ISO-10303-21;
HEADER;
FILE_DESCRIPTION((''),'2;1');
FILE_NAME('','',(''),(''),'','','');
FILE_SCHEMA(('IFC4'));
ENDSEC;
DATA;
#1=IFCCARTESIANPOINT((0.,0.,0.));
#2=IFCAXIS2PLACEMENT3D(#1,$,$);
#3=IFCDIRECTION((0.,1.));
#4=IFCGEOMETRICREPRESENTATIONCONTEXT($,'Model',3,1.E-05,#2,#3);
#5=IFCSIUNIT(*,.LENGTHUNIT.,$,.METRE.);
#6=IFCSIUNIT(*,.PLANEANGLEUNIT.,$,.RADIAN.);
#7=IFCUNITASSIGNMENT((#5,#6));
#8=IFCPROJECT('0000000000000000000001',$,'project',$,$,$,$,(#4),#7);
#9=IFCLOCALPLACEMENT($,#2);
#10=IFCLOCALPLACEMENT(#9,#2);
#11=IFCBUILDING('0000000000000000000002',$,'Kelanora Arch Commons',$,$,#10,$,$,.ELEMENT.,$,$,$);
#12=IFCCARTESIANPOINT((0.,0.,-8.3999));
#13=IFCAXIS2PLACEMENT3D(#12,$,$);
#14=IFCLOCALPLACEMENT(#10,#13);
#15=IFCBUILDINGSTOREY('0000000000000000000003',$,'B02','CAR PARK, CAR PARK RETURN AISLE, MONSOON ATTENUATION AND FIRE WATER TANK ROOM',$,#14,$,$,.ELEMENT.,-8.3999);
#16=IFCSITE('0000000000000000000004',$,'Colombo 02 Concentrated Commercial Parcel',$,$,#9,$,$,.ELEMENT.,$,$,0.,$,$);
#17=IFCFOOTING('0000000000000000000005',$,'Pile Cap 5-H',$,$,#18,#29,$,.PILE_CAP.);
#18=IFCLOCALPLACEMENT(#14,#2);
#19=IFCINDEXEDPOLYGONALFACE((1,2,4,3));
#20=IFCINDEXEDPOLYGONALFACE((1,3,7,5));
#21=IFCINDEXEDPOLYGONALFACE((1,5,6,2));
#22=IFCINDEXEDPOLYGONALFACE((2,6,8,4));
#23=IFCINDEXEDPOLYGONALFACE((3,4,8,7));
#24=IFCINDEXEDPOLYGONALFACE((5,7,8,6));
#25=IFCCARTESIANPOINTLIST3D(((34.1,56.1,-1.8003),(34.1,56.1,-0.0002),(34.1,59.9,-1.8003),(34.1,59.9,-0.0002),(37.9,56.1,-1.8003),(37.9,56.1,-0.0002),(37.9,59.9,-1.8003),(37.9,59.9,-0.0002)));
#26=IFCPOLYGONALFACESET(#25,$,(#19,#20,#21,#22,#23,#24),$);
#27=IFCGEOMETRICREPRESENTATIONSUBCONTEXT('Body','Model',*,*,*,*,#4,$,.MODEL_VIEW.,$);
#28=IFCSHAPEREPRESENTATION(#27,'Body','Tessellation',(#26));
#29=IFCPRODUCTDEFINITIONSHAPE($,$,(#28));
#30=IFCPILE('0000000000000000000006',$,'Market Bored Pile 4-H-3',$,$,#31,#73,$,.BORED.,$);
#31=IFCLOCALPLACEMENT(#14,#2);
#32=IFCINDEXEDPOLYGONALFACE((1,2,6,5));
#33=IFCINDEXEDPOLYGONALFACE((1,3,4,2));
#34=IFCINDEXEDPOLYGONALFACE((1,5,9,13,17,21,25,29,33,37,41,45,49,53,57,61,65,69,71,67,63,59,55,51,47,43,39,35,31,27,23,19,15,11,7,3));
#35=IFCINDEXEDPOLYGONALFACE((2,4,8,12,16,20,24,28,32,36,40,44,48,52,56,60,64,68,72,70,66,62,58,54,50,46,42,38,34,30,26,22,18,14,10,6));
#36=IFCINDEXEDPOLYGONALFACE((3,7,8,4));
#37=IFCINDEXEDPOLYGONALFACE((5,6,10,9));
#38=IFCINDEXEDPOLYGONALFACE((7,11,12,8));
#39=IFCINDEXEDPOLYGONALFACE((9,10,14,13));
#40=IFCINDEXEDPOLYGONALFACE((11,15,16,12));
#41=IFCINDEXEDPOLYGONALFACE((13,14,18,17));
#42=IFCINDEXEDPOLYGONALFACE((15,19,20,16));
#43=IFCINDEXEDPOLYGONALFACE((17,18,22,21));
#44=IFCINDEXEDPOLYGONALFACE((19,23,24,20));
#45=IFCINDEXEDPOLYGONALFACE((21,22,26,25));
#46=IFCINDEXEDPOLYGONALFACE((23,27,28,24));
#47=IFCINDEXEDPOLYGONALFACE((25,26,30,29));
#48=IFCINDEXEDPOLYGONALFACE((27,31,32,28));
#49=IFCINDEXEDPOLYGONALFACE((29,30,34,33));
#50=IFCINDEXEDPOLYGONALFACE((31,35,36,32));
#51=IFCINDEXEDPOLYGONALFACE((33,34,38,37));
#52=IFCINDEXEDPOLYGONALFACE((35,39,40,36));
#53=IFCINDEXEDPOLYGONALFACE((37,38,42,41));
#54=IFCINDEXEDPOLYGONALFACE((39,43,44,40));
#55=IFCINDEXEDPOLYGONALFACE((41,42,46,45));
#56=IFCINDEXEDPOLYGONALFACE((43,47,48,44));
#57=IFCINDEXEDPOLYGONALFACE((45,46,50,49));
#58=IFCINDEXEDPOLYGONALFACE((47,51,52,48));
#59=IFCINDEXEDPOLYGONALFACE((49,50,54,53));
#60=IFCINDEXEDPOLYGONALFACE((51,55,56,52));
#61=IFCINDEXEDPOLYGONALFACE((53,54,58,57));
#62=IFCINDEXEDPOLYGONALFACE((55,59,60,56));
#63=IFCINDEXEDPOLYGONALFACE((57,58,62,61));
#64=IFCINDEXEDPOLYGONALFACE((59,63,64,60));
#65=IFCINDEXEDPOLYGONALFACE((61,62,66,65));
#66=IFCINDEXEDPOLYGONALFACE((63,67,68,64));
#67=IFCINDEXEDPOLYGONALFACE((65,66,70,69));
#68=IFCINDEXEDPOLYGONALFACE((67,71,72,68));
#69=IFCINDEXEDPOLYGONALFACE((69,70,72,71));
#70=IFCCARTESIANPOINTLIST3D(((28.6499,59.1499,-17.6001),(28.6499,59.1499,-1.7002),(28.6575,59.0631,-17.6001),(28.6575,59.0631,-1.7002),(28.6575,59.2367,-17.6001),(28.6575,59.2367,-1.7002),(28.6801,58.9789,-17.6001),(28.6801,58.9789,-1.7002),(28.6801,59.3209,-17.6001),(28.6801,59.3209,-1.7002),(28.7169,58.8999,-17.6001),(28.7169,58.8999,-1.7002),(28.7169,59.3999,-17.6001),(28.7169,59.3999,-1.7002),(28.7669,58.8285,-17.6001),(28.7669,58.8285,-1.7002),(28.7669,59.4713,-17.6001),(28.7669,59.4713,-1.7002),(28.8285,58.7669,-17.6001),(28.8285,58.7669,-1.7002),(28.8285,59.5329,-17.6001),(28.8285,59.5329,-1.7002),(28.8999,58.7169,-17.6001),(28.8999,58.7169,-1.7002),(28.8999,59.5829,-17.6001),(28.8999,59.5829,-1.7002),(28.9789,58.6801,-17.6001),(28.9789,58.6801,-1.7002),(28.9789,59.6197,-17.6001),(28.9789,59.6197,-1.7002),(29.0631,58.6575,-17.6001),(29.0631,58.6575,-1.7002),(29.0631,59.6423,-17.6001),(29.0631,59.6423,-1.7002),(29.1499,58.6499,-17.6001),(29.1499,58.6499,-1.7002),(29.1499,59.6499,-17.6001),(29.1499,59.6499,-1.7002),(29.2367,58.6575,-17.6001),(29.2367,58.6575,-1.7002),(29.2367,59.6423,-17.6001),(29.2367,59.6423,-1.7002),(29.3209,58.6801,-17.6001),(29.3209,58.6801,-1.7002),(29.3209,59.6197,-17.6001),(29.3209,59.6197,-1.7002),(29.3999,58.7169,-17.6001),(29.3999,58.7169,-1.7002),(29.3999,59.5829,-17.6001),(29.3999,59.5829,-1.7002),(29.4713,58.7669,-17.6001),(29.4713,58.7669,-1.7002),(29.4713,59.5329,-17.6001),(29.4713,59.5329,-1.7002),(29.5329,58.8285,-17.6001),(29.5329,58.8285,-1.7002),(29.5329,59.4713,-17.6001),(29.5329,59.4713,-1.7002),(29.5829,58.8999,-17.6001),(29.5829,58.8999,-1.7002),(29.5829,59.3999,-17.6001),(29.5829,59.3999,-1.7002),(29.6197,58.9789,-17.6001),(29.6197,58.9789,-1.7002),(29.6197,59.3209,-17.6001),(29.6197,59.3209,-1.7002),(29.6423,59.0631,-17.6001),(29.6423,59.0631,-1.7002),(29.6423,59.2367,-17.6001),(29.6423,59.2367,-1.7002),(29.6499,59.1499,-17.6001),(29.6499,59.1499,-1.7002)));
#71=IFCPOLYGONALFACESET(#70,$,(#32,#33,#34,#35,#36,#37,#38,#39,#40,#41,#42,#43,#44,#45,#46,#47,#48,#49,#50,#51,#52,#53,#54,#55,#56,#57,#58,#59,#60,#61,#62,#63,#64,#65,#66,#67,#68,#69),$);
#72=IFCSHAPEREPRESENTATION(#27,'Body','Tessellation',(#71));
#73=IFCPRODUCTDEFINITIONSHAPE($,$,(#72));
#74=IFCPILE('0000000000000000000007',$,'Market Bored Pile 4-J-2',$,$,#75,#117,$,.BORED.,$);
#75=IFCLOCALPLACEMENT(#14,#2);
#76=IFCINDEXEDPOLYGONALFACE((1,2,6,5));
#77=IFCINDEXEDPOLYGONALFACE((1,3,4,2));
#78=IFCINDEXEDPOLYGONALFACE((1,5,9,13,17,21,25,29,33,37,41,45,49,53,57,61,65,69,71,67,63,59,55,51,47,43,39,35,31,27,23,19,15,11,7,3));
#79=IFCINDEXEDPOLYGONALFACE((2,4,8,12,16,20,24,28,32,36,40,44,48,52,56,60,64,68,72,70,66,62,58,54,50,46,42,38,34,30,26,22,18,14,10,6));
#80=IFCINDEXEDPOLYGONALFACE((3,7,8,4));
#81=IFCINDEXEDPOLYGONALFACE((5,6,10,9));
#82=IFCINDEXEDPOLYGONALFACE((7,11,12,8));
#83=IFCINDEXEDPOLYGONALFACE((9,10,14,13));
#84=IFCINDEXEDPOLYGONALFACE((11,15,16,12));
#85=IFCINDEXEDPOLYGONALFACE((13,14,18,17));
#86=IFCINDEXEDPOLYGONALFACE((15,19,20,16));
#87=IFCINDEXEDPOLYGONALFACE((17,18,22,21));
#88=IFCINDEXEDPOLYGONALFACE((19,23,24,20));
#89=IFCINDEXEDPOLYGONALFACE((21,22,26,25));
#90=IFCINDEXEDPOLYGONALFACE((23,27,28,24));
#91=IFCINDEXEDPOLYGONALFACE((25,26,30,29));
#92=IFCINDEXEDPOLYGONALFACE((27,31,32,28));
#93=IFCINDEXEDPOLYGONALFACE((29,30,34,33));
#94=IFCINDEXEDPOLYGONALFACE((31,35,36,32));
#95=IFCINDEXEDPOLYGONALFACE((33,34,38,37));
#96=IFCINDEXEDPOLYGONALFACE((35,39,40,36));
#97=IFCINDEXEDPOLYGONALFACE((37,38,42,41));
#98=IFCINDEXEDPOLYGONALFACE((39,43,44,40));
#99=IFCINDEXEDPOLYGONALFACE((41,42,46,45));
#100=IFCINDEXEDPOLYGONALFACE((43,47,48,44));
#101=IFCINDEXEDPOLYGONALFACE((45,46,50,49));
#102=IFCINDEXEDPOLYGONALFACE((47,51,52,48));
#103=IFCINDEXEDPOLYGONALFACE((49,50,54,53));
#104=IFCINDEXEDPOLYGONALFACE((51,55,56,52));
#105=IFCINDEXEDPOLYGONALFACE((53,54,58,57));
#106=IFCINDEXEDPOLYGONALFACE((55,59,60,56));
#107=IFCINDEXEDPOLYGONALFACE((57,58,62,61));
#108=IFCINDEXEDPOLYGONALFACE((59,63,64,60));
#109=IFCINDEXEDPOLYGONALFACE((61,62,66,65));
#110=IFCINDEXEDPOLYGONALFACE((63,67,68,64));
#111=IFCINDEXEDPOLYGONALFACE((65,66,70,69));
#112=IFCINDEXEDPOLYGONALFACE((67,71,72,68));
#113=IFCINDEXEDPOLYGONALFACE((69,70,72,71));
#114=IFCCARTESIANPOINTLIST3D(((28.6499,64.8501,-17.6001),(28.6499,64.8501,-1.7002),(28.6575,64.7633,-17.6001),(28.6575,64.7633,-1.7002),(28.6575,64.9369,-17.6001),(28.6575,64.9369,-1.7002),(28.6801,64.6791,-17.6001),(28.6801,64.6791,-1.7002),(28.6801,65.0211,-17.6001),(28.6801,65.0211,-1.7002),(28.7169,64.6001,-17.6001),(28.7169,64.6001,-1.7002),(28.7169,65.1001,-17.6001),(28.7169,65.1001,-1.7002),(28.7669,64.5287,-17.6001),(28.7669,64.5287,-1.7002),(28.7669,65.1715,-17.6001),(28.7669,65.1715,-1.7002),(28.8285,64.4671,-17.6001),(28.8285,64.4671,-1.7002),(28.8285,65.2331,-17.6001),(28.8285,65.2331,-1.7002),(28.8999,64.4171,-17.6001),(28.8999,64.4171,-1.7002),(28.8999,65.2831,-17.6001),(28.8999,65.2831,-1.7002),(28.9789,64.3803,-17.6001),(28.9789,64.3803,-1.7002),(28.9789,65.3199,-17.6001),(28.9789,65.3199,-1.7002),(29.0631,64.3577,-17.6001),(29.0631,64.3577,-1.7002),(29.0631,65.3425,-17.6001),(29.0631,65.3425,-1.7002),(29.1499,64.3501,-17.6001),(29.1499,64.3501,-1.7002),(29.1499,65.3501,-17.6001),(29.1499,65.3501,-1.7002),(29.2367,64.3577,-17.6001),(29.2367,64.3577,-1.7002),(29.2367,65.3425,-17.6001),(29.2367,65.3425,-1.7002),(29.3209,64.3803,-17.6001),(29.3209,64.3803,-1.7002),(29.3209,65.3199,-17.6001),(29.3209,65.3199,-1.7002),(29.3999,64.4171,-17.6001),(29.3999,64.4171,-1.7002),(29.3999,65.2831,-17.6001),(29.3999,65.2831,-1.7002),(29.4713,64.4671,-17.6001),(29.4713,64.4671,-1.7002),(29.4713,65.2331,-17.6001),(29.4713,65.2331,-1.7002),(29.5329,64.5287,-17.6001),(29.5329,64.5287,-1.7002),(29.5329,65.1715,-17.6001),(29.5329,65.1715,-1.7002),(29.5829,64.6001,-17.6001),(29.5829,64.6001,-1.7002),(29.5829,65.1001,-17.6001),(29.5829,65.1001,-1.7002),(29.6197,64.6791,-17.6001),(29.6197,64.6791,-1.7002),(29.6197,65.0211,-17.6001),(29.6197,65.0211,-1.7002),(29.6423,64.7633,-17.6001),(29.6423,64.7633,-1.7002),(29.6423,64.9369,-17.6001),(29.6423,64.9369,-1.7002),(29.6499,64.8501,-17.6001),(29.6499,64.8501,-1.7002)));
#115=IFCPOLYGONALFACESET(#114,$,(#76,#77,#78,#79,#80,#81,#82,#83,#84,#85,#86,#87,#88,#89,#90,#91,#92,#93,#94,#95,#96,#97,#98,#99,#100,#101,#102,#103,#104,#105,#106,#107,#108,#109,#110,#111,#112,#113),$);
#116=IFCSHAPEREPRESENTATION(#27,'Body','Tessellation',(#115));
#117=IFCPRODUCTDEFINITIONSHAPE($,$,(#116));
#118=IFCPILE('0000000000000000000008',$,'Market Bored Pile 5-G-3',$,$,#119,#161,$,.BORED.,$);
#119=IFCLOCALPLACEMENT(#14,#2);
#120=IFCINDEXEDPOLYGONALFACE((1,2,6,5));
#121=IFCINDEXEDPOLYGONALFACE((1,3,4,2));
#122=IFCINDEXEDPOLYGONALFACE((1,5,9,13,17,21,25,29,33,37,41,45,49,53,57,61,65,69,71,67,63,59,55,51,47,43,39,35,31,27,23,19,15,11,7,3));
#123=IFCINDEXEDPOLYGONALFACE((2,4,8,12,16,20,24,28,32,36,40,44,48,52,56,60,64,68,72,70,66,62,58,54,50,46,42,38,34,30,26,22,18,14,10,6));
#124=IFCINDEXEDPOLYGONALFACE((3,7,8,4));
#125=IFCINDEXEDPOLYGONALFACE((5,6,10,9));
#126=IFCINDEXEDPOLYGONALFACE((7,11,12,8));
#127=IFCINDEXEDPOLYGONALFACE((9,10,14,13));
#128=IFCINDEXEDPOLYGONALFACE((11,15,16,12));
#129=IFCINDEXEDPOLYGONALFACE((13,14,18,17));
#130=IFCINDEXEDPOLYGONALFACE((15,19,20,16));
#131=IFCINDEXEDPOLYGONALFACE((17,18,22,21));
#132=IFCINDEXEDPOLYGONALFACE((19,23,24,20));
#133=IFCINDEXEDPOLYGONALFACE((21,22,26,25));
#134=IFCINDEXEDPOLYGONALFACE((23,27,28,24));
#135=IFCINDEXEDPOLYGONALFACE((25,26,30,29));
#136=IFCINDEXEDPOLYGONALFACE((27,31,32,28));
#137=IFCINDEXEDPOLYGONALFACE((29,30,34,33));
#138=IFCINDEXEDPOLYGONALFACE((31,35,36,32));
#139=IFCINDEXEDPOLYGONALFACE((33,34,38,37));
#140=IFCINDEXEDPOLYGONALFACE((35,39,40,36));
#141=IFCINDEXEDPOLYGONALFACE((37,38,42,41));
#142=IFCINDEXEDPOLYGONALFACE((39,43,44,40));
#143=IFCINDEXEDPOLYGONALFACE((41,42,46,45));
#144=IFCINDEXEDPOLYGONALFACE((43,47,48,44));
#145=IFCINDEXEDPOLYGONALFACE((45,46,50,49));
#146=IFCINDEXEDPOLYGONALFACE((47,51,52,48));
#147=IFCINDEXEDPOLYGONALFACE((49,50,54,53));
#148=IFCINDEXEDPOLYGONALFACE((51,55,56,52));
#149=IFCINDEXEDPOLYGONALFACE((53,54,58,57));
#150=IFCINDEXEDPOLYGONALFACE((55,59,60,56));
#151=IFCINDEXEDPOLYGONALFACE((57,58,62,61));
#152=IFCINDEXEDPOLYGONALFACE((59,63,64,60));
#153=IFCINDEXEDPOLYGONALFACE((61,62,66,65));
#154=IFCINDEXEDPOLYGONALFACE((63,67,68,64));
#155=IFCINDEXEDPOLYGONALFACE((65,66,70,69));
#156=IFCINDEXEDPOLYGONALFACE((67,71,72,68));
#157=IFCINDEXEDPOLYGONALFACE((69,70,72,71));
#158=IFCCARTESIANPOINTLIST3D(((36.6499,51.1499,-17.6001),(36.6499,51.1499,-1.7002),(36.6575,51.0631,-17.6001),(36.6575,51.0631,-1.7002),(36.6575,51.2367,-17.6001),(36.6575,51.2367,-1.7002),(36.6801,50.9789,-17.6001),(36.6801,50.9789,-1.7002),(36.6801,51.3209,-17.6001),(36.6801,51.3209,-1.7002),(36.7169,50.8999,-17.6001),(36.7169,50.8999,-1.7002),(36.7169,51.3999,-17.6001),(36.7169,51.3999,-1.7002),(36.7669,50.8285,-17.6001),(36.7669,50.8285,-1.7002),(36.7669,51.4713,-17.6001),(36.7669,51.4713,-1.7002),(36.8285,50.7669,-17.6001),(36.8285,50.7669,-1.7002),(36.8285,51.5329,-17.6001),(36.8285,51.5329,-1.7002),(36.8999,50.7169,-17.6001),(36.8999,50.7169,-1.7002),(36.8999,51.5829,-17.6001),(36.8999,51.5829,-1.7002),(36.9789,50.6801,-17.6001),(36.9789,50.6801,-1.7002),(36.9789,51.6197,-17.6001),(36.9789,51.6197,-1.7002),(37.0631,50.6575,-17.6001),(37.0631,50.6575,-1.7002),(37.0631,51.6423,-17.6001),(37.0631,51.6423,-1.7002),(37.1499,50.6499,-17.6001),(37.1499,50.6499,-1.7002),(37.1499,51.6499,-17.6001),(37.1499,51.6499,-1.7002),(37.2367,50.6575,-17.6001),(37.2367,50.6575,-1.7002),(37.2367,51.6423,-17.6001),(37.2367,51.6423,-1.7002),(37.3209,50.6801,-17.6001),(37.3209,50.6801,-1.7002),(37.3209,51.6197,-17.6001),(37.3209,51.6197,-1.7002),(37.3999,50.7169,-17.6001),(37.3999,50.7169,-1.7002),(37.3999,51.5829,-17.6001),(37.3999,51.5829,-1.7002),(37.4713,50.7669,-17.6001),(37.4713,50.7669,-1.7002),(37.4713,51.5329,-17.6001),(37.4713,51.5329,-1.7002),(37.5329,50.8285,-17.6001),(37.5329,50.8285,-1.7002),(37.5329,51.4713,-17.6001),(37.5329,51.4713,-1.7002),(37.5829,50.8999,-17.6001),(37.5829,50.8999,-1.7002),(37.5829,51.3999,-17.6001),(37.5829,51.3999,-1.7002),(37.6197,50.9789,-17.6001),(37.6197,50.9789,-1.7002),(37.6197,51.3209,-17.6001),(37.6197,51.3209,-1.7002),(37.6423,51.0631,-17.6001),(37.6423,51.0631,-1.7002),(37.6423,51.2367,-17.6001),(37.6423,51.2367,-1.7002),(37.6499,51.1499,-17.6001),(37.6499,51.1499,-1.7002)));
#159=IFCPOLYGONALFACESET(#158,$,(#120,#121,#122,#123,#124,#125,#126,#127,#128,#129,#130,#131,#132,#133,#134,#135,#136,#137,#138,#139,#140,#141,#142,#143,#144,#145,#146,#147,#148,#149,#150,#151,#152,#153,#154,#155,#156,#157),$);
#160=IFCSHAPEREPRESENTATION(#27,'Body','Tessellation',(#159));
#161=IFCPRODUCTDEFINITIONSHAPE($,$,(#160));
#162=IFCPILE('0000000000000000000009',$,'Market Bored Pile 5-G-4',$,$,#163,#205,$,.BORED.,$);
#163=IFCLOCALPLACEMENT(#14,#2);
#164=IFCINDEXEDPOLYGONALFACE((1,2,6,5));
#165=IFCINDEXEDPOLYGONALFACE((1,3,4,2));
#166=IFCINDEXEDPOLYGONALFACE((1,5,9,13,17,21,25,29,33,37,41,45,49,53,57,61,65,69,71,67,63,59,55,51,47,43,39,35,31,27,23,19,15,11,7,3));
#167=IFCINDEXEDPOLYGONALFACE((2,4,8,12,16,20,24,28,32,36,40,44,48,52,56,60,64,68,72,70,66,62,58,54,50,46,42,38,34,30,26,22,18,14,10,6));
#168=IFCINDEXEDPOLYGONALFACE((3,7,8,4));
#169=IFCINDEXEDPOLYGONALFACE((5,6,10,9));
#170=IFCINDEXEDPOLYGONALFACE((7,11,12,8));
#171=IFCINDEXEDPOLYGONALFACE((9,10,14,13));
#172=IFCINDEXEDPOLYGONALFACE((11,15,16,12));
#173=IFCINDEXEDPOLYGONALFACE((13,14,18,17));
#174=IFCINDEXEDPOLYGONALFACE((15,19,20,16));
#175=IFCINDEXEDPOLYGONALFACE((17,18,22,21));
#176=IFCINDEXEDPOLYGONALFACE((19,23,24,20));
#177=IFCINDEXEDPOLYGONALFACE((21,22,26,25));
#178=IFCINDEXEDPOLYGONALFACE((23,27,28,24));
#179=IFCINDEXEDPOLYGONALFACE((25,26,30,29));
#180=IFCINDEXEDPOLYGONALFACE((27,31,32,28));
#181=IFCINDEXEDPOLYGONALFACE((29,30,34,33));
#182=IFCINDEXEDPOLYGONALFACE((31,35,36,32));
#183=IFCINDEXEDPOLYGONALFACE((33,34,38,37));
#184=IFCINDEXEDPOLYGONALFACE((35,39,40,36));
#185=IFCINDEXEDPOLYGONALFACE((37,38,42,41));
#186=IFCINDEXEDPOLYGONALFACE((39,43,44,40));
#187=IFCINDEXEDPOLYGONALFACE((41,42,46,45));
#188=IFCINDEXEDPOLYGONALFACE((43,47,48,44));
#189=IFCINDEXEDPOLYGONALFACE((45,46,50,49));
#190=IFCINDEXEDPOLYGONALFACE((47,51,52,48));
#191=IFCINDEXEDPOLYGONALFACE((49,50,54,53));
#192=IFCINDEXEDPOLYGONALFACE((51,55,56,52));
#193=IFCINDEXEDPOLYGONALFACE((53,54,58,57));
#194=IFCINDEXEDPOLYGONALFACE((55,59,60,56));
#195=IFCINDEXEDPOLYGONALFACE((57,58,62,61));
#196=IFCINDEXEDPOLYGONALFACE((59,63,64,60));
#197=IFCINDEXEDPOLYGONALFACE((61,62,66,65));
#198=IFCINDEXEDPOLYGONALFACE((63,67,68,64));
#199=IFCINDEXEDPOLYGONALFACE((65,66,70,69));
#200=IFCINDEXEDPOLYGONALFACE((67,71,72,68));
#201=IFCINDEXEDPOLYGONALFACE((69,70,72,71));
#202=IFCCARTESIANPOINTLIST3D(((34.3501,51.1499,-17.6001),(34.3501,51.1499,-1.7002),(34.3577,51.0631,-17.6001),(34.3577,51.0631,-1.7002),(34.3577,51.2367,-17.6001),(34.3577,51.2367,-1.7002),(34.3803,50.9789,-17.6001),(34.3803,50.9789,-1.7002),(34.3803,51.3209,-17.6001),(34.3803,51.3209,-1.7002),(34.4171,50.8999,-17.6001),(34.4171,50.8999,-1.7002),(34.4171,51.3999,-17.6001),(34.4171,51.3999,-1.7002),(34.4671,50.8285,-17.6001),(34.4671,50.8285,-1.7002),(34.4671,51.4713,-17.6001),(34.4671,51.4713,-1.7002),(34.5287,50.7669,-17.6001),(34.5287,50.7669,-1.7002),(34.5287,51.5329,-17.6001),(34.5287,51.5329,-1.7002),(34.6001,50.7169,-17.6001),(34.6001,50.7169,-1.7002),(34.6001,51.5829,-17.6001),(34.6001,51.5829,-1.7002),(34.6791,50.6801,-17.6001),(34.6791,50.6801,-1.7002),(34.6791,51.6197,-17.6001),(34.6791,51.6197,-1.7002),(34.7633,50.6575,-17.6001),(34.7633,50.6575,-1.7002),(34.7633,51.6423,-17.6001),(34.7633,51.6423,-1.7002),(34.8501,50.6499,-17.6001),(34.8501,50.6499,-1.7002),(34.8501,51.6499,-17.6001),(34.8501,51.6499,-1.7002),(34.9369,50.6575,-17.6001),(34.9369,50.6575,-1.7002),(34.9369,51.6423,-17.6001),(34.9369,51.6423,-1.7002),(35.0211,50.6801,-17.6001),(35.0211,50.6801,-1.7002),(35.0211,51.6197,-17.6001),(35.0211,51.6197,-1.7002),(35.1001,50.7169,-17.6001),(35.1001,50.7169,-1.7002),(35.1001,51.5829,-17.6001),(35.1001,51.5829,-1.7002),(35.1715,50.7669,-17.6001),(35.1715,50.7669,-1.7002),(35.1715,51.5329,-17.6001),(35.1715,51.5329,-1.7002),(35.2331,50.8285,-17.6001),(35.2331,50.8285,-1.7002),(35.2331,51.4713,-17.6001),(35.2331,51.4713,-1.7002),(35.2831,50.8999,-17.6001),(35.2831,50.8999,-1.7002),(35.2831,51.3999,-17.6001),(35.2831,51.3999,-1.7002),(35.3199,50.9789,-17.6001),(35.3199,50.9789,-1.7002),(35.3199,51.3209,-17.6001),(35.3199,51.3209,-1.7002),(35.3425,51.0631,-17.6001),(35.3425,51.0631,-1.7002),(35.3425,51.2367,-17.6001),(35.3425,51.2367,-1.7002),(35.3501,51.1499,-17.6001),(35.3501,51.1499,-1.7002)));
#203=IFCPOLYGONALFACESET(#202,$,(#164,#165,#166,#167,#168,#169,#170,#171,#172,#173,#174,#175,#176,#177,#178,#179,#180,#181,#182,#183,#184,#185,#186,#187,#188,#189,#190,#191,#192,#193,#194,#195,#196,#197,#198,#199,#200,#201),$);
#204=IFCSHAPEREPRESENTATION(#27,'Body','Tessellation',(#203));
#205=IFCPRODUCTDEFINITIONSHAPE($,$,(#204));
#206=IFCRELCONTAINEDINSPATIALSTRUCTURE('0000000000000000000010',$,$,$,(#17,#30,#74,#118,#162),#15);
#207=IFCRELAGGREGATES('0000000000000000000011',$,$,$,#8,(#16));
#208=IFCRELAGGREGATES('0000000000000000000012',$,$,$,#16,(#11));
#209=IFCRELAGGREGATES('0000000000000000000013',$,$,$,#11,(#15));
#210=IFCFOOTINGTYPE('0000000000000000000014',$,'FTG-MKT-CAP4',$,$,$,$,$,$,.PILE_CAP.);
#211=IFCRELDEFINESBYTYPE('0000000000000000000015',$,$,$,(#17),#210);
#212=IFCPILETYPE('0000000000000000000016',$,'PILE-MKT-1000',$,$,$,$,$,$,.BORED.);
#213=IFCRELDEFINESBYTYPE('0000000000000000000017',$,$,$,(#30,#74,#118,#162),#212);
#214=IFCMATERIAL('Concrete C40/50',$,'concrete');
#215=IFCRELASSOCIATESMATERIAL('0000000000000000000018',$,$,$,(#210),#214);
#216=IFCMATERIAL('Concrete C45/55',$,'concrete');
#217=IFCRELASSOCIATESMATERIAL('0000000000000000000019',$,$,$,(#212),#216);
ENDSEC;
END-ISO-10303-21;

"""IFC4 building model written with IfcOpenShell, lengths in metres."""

from ifc_helpers import new_model, si_unit, direction, frame, origin, origin_2d, place, context, subcontext, project, spatial, rectangle, circle, extrude, source, transform, mapped, material, material_profile, profile_set, type_object, element, save


model = new_model("IFC4")

# Units and contexts
model_context = context("Model", 3, precision=1e-05, world=origin(), true_north=direction((0.0, 1.0)))
body_context = subcontext(model_context, "Body", "Model", "MODEL_VIEW")
ifc_project = project(units=[si_unit("LENGTHUNIT", "METRE"), si_unit("PLANEANGLEUNIT", "RADIAN")], contexts=[model_context])

# Site, building, storey
site_placement = place(None, origin())
site = spatial("IfcSite", under=ifc_project, at=site_placement, Name="Colombo 02 Concentrated Commercial Parcel", CompositionType="ELEMENT", RefElevation=0.0)
building_placement = place(site_placement, origin())
building = spatial("IfcBuilding", under=site, at=building_placement, Name="Kelanora Arch Commons", CompositionType="ELEMENT")
storey_placement = place(building_placement, frame((0.0, 0.0, -8.3999)))
storey = spatial("IfcBuildingStorey", under=building, at=storey_placement, Name="B02", Description="CAR PARK, CAR PARK RETURN AISLE, MONSOON ATTENUATION AND FIRE WATER TANK ROOM", CompositionType="ELEMENT", Elevation=-8.3999)

# Footing
ifc_material_1 = material(Name="Concrete C40/50", Category="concrete")
footing_type_1 = type_object("IfcFootingType", Name="FTG-MKT-CAP4", PredefinedType="PILE_CAP", material=ifc_material_1)
shared_shape_1 = source(origin(), body_context, "Body", "SweptSolid", [
    extrude(rectangle(XDim=3.8, YDim=3.8, at=origin_2d()), origin(), (0.0, 0.0, 1.0), 1.8),
])
footing_placement = place(storey_placement, frame((36.0, 58.0, -1.8003), z_axis=(0.0, 0.0, 1.0), x_axis=(1.0, 0.0, 0.0)))
element("IfcFooting", 1, at=footing_placement, inside=storey, type_object=footing_type_1, Name="Pile Cap 5-H", PredefinedType="PILE_CAP", context=body_context, shape_type="MappedRepresentation", body=[
    mapped(shared_shape_1, transform((0.0, 0.0, 0.0), scale=1.0)),
])

# Piles
ifc_material_2 = material(Name="Concrete C45/55", Category="concrete")
ifc_material_profile_1 = material_profile(ifc_material_2, circle(Radius=0.5, at=origin_2d()), Name="PILE1000")
ifc_profile_set_1 = profile_set([ifc_material_profile_1], Name="Concrete C45/55")
pile_type = type_object("IfcPileType", Name="PILE-MKT-1000", PredefinedType="BORED", material=ifc_profile_set_1)
shared_shape_2 = source(origin(), body_context, "Body", "SweptSolid", [
    extrude(circle(Radius=0.5, at=origin_2d()), origin(), (0.0, 0.0, 1.0), 15.8999),
])
for number, where, z_axis, x_axis, name in (
    (2, (29.1499, 59.1499, -1.7002), (0.0, 0.0, -1.0), (1.0, 0.0, 0.0), "Market Bored Pile 4-H-3"),
    (3, (29.1499, 64.8501, -1.7002), (0.0, 0.0, -1.0), (1.0, 0.0, 0.0), "Market Bored Pile 4-J-2"),
    (4, (37.1499, 51.1499, -1.7002), (0.0, 0.0, -1.0), (1.0, 0.0, 0.0), "Market Bored Pile 5-G-3"),
    (5, (34.8501, 51.1499, -1.7002), (0.0, 0.0, -1.0), (1.0, 0.0, 0.0), "Market Bored Pile 5-G-4"),
):
    element("IfcPile", number, at=place(storey_placement, frame(where, z_axis=z_axis, x_axis=x_axis)), inside=storey, type_object=pile_type, Name=name, PredefinedType="BORED", context=body_context, shape_type="MappedRepresentation", body=[
        mapped(shared_shape_2, transform((0.0, 0.0, 0.0), scale=1.0)),
    ])

save(model, "model.ifc")
